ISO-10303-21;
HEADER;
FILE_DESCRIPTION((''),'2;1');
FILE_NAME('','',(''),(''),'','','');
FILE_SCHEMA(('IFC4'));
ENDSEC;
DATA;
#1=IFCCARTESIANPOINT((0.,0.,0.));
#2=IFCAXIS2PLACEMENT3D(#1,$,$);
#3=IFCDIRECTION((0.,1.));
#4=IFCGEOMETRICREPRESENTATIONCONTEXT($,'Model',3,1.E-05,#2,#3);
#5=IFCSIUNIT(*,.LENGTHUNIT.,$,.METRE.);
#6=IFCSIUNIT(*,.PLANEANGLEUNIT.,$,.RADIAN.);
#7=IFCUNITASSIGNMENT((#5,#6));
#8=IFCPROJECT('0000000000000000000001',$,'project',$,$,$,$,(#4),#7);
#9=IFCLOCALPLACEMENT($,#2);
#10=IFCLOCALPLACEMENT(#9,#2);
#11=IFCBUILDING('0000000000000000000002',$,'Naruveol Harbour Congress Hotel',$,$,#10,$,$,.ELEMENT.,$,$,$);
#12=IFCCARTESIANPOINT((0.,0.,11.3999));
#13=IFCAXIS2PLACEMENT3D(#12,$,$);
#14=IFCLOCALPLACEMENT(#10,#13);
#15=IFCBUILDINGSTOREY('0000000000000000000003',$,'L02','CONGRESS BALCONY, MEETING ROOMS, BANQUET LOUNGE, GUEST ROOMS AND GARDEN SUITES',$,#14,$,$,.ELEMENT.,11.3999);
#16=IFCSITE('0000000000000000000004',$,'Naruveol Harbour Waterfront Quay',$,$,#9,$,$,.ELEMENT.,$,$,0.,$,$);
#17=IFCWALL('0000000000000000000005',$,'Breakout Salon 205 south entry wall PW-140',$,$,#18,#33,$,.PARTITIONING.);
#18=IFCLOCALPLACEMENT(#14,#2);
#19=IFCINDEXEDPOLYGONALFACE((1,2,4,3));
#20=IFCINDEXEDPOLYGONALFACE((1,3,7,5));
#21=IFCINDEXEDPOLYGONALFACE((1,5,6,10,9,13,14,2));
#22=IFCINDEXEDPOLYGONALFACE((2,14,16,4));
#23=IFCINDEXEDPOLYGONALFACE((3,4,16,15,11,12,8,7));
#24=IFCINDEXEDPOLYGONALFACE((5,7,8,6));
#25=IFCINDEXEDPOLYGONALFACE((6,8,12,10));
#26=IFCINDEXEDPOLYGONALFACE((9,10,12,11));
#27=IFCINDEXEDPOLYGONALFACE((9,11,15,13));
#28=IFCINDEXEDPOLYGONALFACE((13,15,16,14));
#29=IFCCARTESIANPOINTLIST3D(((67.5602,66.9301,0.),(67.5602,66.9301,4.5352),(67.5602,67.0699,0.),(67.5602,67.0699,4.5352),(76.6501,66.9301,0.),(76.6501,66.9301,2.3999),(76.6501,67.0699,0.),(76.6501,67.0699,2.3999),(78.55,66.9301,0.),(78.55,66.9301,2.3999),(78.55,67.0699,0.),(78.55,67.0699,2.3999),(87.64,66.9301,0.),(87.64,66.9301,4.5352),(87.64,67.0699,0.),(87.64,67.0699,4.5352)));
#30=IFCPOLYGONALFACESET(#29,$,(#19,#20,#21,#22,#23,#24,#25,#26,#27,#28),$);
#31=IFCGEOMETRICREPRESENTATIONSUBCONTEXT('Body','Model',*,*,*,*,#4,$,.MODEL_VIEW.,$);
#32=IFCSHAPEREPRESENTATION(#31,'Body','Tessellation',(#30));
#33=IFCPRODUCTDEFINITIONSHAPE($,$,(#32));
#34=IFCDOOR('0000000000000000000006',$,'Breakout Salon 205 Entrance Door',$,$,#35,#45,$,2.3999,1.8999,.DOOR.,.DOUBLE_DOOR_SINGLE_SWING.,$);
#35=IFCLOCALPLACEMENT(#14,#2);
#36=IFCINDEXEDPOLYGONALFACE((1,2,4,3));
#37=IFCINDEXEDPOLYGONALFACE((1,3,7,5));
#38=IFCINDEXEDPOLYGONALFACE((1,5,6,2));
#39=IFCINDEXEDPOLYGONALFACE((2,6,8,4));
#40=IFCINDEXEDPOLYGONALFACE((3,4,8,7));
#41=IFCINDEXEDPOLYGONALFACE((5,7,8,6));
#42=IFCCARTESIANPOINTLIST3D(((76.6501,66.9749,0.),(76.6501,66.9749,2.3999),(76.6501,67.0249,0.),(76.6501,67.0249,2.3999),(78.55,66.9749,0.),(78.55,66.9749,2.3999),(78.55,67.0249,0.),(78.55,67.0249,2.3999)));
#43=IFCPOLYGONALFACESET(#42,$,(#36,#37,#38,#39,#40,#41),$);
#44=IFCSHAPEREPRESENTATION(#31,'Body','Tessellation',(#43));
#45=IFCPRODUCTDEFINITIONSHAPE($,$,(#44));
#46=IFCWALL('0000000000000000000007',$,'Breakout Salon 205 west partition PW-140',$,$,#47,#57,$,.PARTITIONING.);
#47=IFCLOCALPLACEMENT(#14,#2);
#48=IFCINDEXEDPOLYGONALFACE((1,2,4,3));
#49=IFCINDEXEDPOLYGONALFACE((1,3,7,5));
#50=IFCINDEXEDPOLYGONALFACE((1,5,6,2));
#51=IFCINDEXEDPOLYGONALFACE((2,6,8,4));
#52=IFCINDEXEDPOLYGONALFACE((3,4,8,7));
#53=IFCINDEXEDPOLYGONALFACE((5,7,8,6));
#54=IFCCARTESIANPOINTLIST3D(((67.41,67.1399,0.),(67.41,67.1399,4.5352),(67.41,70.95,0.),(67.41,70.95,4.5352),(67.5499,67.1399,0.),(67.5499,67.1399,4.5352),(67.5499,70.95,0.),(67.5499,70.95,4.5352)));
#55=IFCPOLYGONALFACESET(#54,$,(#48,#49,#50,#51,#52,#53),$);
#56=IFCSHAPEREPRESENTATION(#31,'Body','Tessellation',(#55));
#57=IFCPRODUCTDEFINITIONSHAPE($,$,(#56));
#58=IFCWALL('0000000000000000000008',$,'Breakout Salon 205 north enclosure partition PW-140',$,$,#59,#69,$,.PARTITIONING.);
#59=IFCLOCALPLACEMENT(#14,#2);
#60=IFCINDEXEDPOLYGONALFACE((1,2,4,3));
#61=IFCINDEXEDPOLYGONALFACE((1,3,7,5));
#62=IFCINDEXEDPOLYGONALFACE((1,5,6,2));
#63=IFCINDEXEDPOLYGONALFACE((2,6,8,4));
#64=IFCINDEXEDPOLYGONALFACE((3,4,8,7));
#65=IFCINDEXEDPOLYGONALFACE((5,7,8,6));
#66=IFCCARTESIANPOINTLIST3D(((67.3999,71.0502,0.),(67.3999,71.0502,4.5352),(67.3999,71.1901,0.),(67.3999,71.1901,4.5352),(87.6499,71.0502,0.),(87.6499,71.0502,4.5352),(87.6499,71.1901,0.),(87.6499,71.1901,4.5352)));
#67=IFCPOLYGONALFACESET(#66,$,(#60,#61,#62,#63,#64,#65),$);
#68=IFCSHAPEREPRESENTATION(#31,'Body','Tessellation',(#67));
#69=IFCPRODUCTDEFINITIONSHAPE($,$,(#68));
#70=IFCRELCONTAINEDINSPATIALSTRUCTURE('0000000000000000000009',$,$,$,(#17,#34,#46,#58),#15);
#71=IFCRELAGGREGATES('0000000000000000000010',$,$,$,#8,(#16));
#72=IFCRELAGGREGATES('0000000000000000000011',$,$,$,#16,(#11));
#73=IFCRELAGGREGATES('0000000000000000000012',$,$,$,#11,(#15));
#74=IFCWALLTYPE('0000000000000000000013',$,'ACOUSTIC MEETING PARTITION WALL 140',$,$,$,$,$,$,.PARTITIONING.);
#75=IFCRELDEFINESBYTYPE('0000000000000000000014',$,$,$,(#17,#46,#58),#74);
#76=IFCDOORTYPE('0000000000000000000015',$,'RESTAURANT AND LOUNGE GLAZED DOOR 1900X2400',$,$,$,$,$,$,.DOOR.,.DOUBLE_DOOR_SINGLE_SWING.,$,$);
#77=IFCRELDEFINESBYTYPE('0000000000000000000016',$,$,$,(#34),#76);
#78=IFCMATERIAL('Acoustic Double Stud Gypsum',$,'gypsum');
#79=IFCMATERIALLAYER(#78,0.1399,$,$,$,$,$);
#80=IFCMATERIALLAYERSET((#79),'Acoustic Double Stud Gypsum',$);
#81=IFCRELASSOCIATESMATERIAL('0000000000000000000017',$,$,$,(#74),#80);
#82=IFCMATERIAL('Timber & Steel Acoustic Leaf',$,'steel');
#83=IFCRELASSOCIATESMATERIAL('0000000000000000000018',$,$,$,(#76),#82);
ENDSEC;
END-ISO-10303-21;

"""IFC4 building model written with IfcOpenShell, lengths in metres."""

from ifc_helpers import new_model, si_unit, direction, frame, frame_2d, origin, place, context, subcontext, project, spatial, rectangle, extrude, material, layer, layer_set, type_object, element, fill, save


model = new_model("IFC4")

# Units and contexts
model_context = context("Model", 3, precision=1e-05, world=origin(), true_north=direction((0.0, 1.0)))
body_context = subcontext(model_context, "Body", "Model", "MODEL_VIEW")
ifc_project = project(units=[si_unit("LENGTHUNIT", "METRE"), si_unit("PLANEANGLEUNIT", "RADIAN")], contexts=[model_context])

# Site, building, storey
site_placement = place(None, origin())
site = spatial("IfcSite", under=ifc_project, at=site_placement, Name="Naruveol Harbour Waterfront Quay", CompositionType="ELEMENT", RefElevation=0.0)
building_placement = place(site_placement, origin())
building = spatial("IfcBuilding", under=site, at=building_placement, Name="Naruveol Harbour Congress Hotel", CompositionType="ELEMENT")
storey_placement = place(building_placement, frame((0.0, 0.0, 11.3999)))
storey = spatial("IfcBuildingStorey", under=building, at=storey_placement, Name="L02", Description="CONGRESS BALCONY, MEETING ROOMS, BANQUET LOUNGE, GUEST ROOMS AND GARDEN SUITES", CompositionType="ELEMENT", Elevation=11.3999)

# Wall, opening, door
ifc_material_1 = material(Name="Acoustic Double Stud Gypsum", Category="gypsum")
ifc_layer_1 = layer(ifc_material_1, 0.1399)
ifc_layer_set_1 = layer_set([ifc_layer_1], Name="Acoustic Double Stud Gypsum")
wall_type = type_object("IfcWallType", Name="ACOUSTIC MEETING PARTITION WALL 140", PredefinedType="PARTITIONING", material=ifc_layer_set_1)
wall_1_placement = place(storey_placement, frame((67.5601, 67.0, 0.0), z_axis=(0.0, 0.0, 1.0), x_axis=(1.0, 0.0, 0.0)))
wall_1 = element("IfcWall", 1, at=wall_1_placement, inside=storey, type_object=wall_type, Name="Breakout Salon 205 south entry wall PW-140", PredefinedType="PARTITIONING", context=body_context, shape_type="SweptSolid", body=[
    extrude(rectangle(XDim=20.0798, YDim=0.1399, at=frame_2d((10.04, 0.0))), origin(), (0.0, 0.0, 1.0), 4.5352),
])
opening_placement = place(wall_1_placement, frame((9.0901, 0.0, 0.0)))
opening = element("IfcOpeningElement", 2, at=opening_placement, cuts=wall_1, PredefinedType="OPENING", context=body_context, shape_type="SweptSolid", body=[
    extrude(rectangle(XDim=1.8999, YDim=2.3999, at=frame_2d((0.95, 1.2))), frame((0.0, 0.0798, 0.0), z_axis=(0.0, -1.0, 0.0), x_axis=(1.0, 0.0, 0.0)), (0.0, 0.0, 1.0), 0.1599),
])
ifc_material_2 = material(Name="Timber & Steel Acoustic Leaf", Category="steel")
door_type = type_object("IfcDoorType", Name="RESTAURANT AND LOUNGE GLAZED DOOR 1900X2400", OperationType="DOUBLE_DOOR_SINGLE_SWING", PredefinedType="DOOR", material=ifc_material_2)
door_placement = place(opening_placement, origin())
door = element("IfcDoor", 3, at=door_placement, inside=storey, type_object=door_type, Name="Breakout Salon 205 Entrance Door", OperationType="DOUBLE_DOOR_SINGLE_SWING", OverallHeight=2.3999, OverallWidth=1.8999, PredefinedType="DOOR", context=body_context, shape_type="SweptSolid", body=[
    extrude(rectangle(XDim=1.8999, YDim=2.3999, at=frame_2d((0.95, 1.2))), frame((0.0, 0.0249, 0.0), z_axis=(0.0, -1.0, 0.0), x_axis=(1.0, 0.0, 0.0)), (0.0, 0.0, 1.0), 0.05),
])
fill(opening, door)

# Walls
wall_2_placement = place(storey_placement, frame((67.48, 67.1399, 0.0), z_axis=(0.0, 0.0, 1.0), x_axis=(0.0, 1.0, 0.0)))
element("IfcWall", 4, at=wall_2_placement, inside=storey, type_object=wall_type, Name="Breakout Salon 205 west partition PW-140", PredefinedType="PARTITIONING", context=body_context, shape_type="SweptSolid", body=[
    extrude(rectangle(XDim=3.8101, YDim=0.1399, at=frame_2d((1.905, 0.0))), origin(), (0.0, 0.0, 1.0), 4.5352),
])
wall_3_placement = place(storey_placement, frame((67.3999, 71.1201, 0.0), z_axis=(0.0, 0.0, 1.0), x_axis=(1.0, 0.0, 0.0)))
element("IfcWall", 5, at=wall_3_placement, inside=storey, type_object=wall_type, Name="Breakout Salon 205 north enclosure partition PW-140", PredefinedType="PARTITIONING", context=body_context, shape_type="SweptSolid", body=[
    extrude(rectangle(XDim=20.25, YDim=0.1399, at=frame_2d((10.125, 0.0))), origin(), (0.0, 0.0, 1.0), 4.5352),
])

save(model, "model.ifc")
